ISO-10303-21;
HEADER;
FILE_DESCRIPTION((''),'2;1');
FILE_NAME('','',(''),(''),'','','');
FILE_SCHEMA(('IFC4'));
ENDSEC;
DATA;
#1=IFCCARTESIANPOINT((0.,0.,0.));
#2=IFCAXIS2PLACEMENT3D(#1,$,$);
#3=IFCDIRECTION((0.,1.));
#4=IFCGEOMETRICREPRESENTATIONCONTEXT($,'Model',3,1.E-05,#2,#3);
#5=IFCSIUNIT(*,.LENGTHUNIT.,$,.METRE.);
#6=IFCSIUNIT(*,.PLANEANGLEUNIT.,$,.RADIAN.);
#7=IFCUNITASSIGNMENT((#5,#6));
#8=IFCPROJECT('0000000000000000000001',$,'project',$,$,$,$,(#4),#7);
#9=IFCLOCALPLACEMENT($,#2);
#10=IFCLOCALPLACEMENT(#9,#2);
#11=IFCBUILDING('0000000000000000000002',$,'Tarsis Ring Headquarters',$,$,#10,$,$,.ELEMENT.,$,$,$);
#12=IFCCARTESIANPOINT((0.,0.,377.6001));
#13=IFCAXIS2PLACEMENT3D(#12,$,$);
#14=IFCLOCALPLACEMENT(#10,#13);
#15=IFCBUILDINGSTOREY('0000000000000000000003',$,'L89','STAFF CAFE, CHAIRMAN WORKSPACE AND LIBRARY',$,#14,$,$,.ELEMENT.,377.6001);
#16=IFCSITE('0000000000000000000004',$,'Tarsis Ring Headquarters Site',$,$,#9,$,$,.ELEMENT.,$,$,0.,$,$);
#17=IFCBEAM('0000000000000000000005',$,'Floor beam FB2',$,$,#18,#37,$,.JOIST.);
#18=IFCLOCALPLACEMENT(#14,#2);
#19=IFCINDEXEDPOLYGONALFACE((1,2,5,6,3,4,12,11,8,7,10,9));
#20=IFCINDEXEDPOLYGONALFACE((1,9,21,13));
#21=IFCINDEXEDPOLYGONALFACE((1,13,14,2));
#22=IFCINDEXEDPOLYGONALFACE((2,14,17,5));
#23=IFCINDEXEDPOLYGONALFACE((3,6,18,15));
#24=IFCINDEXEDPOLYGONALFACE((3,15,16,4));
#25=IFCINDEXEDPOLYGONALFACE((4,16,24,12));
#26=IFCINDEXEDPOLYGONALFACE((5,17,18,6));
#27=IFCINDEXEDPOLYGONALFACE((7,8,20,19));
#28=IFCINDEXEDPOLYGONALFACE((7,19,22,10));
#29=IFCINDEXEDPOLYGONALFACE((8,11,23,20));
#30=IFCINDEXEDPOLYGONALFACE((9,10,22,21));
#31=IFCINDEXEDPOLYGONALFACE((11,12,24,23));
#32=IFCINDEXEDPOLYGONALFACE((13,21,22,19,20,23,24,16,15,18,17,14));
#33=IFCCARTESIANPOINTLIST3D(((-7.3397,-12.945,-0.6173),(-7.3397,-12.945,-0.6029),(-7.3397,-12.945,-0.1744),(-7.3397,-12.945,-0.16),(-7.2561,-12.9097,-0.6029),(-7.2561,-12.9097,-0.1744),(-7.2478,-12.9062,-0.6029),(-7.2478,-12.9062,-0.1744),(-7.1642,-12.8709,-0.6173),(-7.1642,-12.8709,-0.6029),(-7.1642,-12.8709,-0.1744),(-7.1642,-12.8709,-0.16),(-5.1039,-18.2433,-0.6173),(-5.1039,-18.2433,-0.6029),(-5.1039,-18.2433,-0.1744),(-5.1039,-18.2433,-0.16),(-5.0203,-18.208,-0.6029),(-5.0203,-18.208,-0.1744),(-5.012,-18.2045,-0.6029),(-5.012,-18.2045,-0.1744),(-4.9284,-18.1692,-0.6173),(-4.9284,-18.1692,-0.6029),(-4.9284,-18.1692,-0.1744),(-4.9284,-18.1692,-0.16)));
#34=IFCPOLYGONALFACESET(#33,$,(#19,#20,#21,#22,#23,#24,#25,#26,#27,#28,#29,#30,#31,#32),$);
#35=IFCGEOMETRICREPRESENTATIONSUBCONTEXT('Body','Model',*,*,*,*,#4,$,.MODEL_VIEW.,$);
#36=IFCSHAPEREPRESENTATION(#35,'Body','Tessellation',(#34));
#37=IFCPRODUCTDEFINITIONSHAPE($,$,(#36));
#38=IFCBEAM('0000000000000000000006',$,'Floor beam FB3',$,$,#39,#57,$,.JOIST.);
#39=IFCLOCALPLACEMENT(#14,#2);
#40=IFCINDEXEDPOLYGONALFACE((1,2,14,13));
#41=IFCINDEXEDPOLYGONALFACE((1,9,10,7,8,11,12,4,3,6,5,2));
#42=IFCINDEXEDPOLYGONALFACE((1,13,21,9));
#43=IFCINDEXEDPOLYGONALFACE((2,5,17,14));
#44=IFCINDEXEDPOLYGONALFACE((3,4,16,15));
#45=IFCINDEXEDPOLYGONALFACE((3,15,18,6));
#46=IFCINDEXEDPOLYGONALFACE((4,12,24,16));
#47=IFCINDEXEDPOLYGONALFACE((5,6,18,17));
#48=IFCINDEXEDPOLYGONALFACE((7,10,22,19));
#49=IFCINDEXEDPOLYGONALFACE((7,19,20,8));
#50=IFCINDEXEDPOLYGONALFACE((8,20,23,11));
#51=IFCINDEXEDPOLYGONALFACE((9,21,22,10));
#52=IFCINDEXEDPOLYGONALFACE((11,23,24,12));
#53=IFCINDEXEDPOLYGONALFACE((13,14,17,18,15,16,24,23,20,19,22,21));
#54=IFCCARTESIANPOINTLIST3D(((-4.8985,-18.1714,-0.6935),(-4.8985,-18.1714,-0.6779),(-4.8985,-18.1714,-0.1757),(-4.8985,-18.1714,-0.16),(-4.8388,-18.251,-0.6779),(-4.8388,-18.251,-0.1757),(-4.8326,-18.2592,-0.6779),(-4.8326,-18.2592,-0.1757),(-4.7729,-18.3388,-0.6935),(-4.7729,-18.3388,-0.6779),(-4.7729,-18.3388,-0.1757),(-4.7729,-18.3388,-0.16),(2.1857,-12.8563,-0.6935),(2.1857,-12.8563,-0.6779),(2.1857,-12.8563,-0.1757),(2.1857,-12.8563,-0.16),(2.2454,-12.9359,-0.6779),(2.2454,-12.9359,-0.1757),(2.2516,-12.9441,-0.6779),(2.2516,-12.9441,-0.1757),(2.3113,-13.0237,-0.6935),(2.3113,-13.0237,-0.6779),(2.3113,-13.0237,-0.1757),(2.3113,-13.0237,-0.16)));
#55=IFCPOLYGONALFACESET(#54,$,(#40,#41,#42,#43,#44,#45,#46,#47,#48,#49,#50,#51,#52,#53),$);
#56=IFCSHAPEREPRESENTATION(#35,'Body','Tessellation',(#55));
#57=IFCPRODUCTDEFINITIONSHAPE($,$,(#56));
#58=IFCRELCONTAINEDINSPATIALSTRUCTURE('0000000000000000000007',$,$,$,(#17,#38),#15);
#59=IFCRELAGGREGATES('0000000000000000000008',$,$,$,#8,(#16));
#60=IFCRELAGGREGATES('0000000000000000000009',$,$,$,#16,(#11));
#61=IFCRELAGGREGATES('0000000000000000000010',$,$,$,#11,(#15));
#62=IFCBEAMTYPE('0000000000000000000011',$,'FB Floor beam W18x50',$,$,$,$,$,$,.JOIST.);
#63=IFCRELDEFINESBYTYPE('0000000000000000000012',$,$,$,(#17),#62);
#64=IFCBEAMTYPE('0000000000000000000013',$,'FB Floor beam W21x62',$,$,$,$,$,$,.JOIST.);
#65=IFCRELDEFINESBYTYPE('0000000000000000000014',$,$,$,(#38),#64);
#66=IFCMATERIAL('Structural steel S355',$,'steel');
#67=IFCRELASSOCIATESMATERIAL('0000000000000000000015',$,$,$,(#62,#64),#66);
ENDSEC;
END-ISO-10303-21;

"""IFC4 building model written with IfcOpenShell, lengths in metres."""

from ifc_helpers import new_model, si_unit, direction, frame, origin, origin_2d, place, context, subcontext, project, spatial, i_section, extrude, material, material_profile, profile_set, type_object, element, save


model = new_model("IFC4")

# Units and contexts
model_context = context("Model", 3, precision=1e-05, world=origin(), true_north=direction((0.0, 1.0)))
body_context = subcontext(model_context, "Body", "Model", "MODEL_VIEW")
ifc_project = project(units=[si_unit("LENGTHUNIT", "METRE"), si_unit("PLANEANGLEUNIT", "RADIAN")], contexts=[model_context])

# Site, building, storey
site_placement = place(None, origin())
site = spatial("IfcSite", under=ifc_project, at=site_placement, Name="Tarsis Ring Headquarters Site", CompositionType="ELEMENT", RefElevation=0.0)
building_placement = place(site_placement, origin())
building = spatial("IfcBuilding", under=site, at=building_placement, Name="Tarsis Ring Headquarters", CompositionType="ELEMENT")
storey_placement = place(building_placement, frame((0.0, 0.0, 377.6001)))
storey = spatial("IfcBuildingStorey", under=building, at=storey_placement, Name="L89", Description="STAFF CAFE, CHAIRMAN WORKSPACE AND LIBRARY", CompositionType="ELEMENT", Elevation=377.6001)

# Beams
ifc_material_1 = material(Name="Structural steel S355", Category="steel")
ifc_material_profile_1 = material_profile(ifc_material_1, i_section(OverallWidth=0.1904, OverallDepth=0.4573, WebThickness=0.009, FlangeThickness=0.0144, at=origin_2d()), Name="W18x50")
ifc_profile_set_1 = profile_set([ifc_material_profile_1], Name="Structural steel S355")
beam_type_1 = type_object("IfcBeamType", Name="FB Floor beam W18x50", PredefinedType="JOIST", material=ifc_profile_set_1)
beam_1_placement = place(storey_placement, frame((-7.252, -12.908, -0.3887), z_axis=(0.388789, -0.921327, 0.0), x_axis=(0.921327, 0.388789, 0.0)))
element("IfcBeam", 1, at=beam_1_placement, inside=storey, type_object=beam_type_1, Name="Floor beam FB2", PredefinedType="JOIST", context=body_context, shape_type="SweptSolid", body=[
    extrude(i_section(OverallWidth=0.1904, OverallDepth=0.4573, WebThickness=0.009, FlangeThickness=0.0144, at=origin_2d()), origin(), (0.0, 0.0, 1.0), 5.7507),
])
ifc_material_profile_2 = material_profile(ifc_material_1, i_section(OverallWidth=0.2092, OverallDepth=0.5334, WebThickness=0.0103, FlangeThickness=0.0156, at=origin_2d()), Name="W21x62")
ifc_profile_set_2 = profile_set([ifc_material_profile_2], Name="Structural steel S355")
beam_type_2 = type_object("IfcBeamType", Name="FB Floor beam W21x62", PredefinedType="JOIST", material=ifc_profile_set_2)
beam_2_placement = place(storey_placement, frame((-4.8357, -18.2551, -0.4268), z_axis=(0.799891, 0.600146, 0.0), x_axis=(-0.600146, 0.799891, 0.0)))
element("IfcBeam", 2, at=beam_2_placement, inside=storey, type_object=beam_type_2, Name="Floor beam FB3", PredefinedType="JOIST", context=body_context, shape_type="SweptSolid", body=[
    extrude(i_section(OverallWidth=0.2092, OverallDepth=0.5334, WebThickness=0.0103, FlangeThickness=0.0156, at=origin_2d()), origin(), (0.0, 0.0, 1.0), 8.8564),
])

save(model, "model.ifc")
